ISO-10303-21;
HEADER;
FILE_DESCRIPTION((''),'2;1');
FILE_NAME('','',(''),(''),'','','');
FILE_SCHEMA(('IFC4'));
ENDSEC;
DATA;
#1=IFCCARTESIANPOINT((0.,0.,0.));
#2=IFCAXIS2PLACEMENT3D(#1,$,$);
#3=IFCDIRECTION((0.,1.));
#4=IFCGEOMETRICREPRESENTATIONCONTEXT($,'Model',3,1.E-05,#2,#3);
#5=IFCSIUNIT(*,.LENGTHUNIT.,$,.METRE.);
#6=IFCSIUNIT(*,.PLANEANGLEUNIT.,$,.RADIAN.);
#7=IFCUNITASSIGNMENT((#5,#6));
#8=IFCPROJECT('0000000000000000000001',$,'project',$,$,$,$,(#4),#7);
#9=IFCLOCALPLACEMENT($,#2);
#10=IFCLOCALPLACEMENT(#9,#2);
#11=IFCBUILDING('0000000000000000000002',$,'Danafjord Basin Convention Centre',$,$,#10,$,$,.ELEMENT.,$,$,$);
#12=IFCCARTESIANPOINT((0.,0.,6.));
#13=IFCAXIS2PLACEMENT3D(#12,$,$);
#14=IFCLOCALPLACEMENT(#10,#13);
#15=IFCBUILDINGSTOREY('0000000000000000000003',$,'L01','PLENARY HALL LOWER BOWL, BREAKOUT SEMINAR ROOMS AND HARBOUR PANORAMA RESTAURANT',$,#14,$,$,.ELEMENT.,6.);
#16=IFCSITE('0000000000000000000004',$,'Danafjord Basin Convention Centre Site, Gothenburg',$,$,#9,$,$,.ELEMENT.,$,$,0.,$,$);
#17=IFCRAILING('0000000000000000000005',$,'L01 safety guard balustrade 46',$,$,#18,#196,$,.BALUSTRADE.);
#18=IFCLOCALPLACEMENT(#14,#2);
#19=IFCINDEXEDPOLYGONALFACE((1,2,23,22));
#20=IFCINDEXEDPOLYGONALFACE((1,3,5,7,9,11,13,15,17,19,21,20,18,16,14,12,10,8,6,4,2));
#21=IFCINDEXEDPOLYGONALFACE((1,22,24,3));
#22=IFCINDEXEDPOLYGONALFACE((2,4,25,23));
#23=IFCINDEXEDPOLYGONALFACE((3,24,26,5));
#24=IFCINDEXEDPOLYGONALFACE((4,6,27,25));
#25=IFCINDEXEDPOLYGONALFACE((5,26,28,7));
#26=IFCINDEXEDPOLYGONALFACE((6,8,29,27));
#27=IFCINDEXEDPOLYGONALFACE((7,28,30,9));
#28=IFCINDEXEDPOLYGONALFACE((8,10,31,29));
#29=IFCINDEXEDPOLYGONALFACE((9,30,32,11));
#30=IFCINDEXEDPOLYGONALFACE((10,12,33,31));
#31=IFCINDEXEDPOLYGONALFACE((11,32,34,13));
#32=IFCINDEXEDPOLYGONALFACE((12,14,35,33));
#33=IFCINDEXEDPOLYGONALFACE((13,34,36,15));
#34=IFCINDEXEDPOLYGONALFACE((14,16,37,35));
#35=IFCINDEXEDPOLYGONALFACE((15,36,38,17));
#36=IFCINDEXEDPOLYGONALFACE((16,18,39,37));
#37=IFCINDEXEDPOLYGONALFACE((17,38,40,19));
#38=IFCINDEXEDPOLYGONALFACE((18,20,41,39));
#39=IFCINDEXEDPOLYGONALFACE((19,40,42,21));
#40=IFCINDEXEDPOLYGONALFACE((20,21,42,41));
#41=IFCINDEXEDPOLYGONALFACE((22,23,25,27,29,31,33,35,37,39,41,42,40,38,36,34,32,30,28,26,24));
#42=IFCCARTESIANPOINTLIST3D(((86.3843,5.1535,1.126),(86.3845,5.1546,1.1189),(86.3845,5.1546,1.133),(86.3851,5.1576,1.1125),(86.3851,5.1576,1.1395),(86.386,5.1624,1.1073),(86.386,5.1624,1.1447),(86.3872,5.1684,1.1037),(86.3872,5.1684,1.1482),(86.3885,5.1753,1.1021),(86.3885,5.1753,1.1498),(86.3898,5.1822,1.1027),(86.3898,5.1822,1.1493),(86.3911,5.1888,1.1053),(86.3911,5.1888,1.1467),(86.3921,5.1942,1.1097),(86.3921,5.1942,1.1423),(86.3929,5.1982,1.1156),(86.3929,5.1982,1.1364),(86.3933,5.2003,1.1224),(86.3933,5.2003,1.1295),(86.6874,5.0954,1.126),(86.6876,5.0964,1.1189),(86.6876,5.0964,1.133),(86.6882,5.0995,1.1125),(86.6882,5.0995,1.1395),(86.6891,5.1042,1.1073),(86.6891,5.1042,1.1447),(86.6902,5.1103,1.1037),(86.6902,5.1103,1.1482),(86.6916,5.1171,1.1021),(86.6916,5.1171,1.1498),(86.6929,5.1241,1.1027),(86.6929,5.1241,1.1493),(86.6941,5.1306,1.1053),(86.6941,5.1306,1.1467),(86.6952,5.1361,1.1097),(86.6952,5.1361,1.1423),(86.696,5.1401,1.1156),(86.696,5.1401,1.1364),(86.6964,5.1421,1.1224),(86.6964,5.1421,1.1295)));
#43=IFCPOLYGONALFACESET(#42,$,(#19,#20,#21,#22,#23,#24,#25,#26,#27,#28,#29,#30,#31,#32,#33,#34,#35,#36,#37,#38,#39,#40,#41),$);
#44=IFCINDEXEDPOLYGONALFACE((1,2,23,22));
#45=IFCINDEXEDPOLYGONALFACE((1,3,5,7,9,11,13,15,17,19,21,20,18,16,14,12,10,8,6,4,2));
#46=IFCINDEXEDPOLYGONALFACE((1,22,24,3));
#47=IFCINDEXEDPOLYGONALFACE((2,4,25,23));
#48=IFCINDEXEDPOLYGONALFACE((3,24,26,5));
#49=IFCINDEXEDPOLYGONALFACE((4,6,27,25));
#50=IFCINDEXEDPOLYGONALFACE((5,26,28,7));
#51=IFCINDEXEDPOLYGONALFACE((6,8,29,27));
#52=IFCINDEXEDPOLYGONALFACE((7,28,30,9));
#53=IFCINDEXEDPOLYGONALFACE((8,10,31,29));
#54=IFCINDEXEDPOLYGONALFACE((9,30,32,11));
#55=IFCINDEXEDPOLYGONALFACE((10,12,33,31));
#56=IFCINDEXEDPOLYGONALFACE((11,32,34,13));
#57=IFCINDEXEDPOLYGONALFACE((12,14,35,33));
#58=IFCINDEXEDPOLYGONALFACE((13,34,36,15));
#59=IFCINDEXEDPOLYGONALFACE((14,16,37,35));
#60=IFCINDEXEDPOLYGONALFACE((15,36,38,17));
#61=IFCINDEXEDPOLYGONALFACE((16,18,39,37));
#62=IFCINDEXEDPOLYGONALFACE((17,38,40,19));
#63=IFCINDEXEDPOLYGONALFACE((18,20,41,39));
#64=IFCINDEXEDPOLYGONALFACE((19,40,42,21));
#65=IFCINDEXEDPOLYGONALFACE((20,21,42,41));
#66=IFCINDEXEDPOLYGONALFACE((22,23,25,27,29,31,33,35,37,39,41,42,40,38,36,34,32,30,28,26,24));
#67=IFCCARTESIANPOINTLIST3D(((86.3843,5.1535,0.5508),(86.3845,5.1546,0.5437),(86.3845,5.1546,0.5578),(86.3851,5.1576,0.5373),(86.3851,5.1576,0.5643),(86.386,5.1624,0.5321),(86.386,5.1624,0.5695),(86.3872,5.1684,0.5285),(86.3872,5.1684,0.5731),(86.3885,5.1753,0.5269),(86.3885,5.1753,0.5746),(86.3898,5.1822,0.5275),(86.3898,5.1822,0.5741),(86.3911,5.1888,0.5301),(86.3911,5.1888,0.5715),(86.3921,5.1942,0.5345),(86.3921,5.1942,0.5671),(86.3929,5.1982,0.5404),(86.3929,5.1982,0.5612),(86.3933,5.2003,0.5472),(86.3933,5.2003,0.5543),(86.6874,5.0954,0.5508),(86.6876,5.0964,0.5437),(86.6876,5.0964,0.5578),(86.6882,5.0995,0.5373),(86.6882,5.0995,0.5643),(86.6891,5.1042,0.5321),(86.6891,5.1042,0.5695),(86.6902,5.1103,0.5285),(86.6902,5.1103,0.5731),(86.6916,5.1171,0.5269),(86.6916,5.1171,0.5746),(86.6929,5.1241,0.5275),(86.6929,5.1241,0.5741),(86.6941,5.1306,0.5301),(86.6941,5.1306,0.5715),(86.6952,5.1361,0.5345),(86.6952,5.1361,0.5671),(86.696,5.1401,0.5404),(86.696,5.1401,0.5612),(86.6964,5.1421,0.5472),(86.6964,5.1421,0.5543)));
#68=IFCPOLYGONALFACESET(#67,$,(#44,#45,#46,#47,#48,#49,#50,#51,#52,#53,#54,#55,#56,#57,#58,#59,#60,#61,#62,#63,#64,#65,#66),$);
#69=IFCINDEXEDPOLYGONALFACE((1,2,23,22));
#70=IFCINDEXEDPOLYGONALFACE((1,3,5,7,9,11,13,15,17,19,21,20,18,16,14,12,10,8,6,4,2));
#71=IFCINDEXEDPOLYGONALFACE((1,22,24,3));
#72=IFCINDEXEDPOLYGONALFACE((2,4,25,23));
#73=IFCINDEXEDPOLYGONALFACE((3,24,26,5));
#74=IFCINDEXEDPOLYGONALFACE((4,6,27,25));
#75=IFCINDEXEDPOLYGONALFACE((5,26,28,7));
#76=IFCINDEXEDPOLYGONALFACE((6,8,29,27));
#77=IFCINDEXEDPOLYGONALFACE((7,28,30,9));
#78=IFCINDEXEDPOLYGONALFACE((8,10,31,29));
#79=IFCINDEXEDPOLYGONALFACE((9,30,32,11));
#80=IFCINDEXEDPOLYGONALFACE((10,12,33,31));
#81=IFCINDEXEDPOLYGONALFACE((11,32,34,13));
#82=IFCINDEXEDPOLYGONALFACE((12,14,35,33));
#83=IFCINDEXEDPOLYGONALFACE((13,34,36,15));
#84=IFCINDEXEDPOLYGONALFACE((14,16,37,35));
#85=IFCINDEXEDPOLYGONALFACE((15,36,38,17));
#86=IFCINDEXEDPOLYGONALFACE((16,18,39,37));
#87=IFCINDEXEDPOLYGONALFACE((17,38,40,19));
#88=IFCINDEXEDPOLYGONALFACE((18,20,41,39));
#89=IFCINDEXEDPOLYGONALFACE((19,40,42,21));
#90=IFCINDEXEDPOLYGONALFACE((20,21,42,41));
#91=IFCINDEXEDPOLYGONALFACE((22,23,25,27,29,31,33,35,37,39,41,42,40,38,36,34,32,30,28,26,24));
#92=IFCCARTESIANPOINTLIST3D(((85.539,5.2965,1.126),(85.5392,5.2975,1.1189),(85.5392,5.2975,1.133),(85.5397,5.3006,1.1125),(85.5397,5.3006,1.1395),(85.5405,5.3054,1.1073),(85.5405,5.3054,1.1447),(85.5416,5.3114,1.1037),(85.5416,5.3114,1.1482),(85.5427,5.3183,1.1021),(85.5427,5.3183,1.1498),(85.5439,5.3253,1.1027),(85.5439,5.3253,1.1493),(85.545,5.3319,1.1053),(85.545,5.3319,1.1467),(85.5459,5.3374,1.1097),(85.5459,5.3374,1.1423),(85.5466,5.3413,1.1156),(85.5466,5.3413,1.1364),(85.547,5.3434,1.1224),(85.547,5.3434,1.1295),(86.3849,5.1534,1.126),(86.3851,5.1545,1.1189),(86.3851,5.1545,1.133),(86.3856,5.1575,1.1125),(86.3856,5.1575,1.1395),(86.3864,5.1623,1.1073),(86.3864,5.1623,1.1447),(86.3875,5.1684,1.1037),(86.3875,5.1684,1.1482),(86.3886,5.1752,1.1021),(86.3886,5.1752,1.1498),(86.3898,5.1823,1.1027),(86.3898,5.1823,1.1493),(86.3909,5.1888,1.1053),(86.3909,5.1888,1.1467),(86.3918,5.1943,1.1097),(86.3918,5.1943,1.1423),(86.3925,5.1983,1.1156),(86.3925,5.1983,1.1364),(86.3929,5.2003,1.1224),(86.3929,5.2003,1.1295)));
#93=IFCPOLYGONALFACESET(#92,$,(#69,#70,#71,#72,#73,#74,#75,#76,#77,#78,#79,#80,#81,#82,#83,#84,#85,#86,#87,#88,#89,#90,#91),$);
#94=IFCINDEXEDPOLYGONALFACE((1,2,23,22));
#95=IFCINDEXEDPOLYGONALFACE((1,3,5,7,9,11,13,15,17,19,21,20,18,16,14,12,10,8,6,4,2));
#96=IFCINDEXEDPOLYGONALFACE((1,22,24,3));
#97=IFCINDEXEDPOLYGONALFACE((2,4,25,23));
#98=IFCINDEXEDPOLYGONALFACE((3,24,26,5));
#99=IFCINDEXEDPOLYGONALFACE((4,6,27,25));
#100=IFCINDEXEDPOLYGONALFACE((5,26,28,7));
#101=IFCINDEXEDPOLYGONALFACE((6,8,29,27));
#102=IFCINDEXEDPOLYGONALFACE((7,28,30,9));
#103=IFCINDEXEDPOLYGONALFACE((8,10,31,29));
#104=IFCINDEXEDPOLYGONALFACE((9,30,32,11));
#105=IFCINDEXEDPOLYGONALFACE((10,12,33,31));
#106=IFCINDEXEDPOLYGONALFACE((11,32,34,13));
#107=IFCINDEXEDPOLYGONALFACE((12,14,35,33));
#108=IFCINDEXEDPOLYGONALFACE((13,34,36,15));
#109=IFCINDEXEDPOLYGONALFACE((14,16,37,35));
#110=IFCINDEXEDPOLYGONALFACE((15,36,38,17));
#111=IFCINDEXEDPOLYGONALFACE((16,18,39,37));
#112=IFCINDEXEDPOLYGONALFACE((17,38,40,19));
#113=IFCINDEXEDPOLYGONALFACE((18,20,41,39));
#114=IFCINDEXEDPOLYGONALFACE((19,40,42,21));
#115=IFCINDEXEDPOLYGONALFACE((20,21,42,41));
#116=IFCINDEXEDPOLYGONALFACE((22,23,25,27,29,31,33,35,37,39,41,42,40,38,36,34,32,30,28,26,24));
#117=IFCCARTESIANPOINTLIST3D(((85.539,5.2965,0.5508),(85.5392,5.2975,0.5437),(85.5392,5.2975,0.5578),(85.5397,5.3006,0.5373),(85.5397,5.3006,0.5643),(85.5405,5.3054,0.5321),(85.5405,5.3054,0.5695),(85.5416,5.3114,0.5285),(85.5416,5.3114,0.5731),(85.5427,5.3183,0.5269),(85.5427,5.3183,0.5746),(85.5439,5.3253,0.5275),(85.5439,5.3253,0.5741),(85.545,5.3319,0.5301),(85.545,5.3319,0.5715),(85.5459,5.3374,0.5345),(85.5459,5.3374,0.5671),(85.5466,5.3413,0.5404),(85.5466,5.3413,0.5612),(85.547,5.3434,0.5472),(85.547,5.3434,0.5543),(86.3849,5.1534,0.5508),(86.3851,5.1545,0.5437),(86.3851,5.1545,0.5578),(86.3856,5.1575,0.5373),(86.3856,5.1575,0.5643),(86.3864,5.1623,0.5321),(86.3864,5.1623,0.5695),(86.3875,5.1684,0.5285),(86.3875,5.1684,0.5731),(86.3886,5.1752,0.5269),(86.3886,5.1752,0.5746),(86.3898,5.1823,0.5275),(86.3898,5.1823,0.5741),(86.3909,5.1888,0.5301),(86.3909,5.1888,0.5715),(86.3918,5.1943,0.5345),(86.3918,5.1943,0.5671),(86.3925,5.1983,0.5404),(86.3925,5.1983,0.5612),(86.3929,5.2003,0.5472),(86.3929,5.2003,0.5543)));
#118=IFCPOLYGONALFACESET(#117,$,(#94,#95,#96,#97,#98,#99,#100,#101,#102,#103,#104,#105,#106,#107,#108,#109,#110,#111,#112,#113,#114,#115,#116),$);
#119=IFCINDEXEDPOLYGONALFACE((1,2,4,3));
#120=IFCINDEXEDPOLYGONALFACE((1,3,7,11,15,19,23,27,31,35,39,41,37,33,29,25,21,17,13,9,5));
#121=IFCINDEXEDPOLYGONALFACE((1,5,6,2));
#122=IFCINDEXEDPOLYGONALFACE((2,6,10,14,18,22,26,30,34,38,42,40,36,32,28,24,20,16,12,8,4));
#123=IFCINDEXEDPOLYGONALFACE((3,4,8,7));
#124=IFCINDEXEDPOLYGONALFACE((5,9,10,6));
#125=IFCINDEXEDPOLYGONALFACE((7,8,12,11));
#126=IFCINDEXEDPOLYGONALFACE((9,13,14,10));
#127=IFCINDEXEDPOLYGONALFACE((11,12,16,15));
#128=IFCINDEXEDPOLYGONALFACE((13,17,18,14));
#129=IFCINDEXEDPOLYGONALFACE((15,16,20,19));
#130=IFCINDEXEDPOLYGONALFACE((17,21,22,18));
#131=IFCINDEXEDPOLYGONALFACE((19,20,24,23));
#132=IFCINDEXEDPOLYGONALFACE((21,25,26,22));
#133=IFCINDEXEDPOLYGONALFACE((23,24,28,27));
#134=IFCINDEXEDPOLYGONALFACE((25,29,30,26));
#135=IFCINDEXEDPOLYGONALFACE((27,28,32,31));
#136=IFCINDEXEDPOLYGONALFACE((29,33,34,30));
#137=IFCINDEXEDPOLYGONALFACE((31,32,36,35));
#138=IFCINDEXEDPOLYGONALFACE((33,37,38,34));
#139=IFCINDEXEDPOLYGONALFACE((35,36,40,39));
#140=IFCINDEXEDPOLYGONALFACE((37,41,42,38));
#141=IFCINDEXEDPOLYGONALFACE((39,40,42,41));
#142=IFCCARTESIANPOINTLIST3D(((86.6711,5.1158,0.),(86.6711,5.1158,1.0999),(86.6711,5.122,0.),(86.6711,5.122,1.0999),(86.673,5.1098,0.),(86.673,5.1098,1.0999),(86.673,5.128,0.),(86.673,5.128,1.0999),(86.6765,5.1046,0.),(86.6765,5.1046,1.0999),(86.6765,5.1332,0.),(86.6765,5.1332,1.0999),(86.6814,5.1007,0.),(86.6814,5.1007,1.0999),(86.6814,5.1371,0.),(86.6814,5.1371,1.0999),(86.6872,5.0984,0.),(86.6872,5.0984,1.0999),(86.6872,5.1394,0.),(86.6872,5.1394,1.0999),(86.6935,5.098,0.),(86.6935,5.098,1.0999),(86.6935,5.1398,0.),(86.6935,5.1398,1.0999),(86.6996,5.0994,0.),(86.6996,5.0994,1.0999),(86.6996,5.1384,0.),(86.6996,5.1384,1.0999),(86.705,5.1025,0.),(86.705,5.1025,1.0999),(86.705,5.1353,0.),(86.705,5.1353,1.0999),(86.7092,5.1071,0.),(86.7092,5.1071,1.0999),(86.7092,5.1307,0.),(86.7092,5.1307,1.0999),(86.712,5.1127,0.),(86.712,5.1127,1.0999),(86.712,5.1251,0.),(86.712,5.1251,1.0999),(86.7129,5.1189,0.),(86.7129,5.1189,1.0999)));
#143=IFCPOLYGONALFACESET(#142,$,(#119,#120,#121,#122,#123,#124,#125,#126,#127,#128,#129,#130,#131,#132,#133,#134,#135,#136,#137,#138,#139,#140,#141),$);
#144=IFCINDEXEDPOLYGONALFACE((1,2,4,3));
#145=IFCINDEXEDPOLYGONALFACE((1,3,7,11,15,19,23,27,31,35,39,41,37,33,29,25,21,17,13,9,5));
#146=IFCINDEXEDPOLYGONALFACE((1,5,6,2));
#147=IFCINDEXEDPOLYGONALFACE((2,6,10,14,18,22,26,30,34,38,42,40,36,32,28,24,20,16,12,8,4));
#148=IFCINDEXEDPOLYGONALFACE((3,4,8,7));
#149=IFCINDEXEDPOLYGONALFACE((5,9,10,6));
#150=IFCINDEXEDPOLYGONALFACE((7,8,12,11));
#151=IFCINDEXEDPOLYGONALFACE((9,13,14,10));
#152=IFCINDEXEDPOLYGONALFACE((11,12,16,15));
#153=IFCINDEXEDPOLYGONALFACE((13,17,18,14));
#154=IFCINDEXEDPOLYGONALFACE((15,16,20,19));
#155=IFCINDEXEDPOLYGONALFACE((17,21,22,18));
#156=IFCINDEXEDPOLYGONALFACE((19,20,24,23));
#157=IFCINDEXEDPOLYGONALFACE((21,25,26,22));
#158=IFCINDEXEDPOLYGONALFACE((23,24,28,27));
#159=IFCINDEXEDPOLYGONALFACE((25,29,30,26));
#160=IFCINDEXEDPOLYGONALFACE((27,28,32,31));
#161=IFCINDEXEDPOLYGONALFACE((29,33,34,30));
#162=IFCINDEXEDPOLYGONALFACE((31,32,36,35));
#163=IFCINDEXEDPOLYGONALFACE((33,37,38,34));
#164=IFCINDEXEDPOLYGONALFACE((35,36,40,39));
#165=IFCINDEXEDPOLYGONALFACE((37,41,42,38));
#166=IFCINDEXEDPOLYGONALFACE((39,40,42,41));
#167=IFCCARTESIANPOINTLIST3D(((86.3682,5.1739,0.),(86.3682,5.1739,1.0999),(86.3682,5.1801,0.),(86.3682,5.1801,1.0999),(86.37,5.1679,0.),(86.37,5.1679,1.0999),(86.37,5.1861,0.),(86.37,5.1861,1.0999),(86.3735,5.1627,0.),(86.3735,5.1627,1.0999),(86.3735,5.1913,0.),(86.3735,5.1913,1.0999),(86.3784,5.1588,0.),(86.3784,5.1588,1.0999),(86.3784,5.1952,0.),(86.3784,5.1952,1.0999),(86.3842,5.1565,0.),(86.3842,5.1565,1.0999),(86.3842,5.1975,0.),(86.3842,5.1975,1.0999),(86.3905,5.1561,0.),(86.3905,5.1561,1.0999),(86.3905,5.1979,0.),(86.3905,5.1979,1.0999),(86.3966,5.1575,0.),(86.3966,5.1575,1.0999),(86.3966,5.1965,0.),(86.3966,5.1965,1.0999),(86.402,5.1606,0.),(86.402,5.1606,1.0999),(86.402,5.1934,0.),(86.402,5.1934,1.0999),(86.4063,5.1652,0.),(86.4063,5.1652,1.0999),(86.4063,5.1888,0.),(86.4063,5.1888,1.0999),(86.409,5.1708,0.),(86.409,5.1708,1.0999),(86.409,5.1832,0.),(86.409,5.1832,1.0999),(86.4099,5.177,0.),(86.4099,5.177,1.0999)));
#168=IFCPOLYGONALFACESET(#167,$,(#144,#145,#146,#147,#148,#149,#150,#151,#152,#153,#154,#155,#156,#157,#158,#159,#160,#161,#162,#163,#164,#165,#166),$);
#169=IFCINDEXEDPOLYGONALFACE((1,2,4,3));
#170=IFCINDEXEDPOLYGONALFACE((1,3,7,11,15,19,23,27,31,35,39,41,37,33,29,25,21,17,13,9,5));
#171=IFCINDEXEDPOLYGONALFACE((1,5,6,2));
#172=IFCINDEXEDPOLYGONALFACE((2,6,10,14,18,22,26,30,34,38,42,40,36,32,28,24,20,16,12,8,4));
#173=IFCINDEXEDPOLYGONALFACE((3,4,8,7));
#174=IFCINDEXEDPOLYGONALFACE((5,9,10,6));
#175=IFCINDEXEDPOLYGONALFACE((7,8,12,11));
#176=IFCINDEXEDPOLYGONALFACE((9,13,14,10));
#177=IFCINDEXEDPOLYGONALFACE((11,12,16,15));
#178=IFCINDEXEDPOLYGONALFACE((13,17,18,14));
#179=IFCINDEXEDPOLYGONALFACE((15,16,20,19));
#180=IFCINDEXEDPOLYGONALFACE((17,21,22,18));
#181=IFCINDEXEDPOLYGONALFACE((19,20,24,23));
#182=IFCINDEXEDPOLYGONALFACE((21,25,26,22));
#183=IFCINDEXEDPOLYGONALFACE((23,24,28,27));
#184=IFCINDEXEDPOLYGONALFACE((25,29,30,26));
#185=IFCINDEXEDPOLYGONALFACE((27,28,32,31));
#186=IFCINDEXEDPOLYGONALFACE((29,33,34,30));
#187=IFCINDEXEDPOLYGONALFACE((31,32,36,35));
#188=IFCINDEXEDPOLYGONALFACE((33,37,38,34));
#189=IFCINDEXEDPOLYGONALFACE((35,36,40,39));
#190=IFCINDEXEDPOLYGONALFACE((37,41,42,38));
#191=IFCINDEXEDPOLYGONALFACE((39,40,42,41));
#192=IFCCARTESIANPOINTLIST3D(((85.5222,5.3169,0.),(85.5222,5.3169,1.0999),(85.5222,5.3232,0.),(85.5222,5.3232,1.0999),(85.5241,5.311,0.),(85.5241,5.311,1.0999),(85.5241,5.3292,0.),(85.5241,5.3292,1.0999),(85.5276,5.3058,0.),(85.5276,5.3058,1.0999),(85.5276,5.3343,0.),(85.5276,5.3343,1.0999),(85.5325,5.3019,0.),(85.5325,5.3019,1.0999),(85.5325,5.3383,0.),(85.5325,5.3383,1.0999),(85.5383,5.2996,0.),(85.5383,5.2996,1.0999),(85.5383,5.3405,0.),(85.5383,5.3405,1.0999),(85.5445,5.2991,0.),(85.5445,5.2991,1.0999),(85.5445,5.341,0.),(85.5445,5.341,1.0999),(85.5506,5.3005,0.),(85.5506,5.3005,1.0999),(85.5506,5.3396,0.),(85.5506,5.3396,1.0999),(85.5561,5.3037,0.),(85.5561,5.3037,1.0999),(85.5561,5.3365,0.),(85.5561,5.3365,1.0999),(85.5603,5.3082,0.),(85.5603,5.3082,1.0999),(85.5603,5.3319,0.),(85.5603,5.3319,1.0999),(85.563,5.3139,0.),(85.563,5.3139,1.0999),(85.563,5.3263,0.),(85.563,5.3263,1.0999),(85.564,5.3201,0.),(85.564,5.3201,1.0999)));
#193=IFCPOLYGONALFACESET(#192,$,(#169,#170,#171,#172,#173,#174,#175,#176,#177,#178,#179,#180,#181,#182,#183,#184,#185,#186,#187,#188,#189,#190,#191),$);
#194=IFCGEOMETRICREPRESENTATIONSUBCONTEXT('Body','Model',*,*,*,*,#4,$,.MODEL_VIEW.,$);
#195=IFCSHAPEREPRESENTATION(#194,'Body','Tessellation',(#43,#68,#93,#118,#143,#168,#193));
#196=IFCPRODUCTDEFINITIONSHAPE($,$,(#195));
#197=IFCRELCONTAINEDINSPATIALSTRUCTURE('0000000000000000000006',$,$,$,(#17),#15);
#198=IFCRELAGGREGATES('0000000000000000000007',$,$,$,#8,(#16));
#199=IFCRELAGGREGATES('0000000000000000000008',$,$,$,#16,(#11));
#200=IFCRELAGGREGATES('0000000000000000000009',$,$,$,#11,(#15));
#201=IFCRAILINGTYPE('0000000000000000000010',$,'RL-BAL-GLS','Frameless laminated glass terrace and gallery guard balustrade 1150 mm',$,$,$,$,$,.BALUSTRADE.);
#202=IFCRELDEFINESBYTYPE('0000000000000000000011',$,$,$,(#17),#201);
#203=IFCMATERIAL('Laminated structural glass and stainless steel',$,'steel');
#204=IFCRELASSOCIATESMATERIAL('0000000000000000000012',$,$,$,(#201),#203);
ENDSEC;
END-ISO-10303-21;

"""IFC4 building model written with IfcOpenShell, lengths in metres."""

from ifc_helpers import new_model, si_unit, direction, frame, origin, origin_2d, place, context, subcontext, project, spatial, circle, extrude, material, type_object, element, save


model = new_model("IFC4")

# Units and contexts
model_context = context("Model", 3, precision=1e-05, world=origin(), true_north=direction((0.0, 1.0)))
body_context = subcontext(model_context, "Body", "Model", "MODEL_VIEW")
ifc_project = project(units=[si_unit("LENGTHUNIT", "METRE"), si_unit("PLANEANGLEUNIT", "RADIAN")], contexts=[model_context])

# Site, building, storey
site_placement = place(None, origin())
site = spatial("IfcSite", under=ifc_project, at=site_placement, Name="Danafjord Basin Convention Centre Site, Gothenburg", CompositionType="ELEMENT", RefElevation=0.0)
building_placement = place(site_placement, origin())
building = spatial("IfcBuilding", under=site, at=building_placement, Name="Danafjord Basin Convention Centre", CompositionType="ELEMENT")
storey_placement = place(building_placement, frame((0.0, 0.0, 6.0)))
storey = spatial("IfcBuildingStorey", under=building, at=storey_placement, Name="L01", Description="PLENARY HALL LOWER BOWL, BREAKOUT SEMINAR ROOMS AND HARBOUR PANORAMA RESTAURANT", CompositionType="ELEMENT", Elevation=6.0)

# Railing
ifc_material_1 = material(Name="Laminated structural glass and stainless steel", Category="steel")
railing_type_1 = type_object("IfcRailingType", Name="RL-BAL-GLS", Description="Frameless laminated glass terrace and gallery guard balustrade 1150 mm", PredefinedType="BALUSTRADE", material=ifc_material_1)
railing_1_placement = place(storey_placement, frame((86.6919, 5.1189, 0.0)))
element("IfcRailing", 1, at=railing_1_placement, inside=storey, type_object=railing_type_1, Name="L01 safety guard balustrade 46", PredefinedType="BALUSTRADE", context=body_context, shape_type="SweptSolid", body=[
    extrude(circle(Radius=0.0239, at=origin_2d()), frame((0.0, 0.0, 1.126), z_axis=(-0.982102, 0.188348, 0.0), x_axis=(-0.188348, -0.982102, 0.0)), (0.0, 0.0, 1.0), 0.3086),
    extrude(circle(Radius=0.0239, at=origin_2d()), frame((0.0, 0.0, 0.5508), z_axis=(-0.982102, 0.188348, 0.0), x_axis=(-0.188348, -0.982102, 0.0)), (0.0, 0.0, 1.0), 0.3086),
    extrude(circle(Radius=0.0239, at=origin_2d()), frame((-0.303, 0.0581, 1.126), z_axis=(-0.985999, 0.166752, 0.0), x_axis=(-0.166752, -0.985999, 0.0)), (0.0, 0.0, 1.0), 0.8579),
    extrude(circle(Radius=0.0239, at=origin_2d()), frame((-0.303, 0.0581, 0.5508), z_axis=(-0.985999, 0.166752, 0.0), x_axis=(-0.166752, -0.985999, 0.0)), (0.0, 0.0, 1.0), 0.8579),
    extrude(circle(Radius=0.021, at=origin_2d()), origin(), (0.0, 0.0, 1.0), 1.0999),
    extrude(circle(Radius=0.021, at=origin_2d()), frame((-0.303, 0.0581, 0.0)), (0.0, 0.0, 1.0), 1.0999),
    extrude(circle(Radius=0.021, at=origin_2d()), frame((-1.1489, 0.2012, 0.0)), (0.0, 0.0, 1.0), 1.0999),
])

save(model, "model.ifc")
